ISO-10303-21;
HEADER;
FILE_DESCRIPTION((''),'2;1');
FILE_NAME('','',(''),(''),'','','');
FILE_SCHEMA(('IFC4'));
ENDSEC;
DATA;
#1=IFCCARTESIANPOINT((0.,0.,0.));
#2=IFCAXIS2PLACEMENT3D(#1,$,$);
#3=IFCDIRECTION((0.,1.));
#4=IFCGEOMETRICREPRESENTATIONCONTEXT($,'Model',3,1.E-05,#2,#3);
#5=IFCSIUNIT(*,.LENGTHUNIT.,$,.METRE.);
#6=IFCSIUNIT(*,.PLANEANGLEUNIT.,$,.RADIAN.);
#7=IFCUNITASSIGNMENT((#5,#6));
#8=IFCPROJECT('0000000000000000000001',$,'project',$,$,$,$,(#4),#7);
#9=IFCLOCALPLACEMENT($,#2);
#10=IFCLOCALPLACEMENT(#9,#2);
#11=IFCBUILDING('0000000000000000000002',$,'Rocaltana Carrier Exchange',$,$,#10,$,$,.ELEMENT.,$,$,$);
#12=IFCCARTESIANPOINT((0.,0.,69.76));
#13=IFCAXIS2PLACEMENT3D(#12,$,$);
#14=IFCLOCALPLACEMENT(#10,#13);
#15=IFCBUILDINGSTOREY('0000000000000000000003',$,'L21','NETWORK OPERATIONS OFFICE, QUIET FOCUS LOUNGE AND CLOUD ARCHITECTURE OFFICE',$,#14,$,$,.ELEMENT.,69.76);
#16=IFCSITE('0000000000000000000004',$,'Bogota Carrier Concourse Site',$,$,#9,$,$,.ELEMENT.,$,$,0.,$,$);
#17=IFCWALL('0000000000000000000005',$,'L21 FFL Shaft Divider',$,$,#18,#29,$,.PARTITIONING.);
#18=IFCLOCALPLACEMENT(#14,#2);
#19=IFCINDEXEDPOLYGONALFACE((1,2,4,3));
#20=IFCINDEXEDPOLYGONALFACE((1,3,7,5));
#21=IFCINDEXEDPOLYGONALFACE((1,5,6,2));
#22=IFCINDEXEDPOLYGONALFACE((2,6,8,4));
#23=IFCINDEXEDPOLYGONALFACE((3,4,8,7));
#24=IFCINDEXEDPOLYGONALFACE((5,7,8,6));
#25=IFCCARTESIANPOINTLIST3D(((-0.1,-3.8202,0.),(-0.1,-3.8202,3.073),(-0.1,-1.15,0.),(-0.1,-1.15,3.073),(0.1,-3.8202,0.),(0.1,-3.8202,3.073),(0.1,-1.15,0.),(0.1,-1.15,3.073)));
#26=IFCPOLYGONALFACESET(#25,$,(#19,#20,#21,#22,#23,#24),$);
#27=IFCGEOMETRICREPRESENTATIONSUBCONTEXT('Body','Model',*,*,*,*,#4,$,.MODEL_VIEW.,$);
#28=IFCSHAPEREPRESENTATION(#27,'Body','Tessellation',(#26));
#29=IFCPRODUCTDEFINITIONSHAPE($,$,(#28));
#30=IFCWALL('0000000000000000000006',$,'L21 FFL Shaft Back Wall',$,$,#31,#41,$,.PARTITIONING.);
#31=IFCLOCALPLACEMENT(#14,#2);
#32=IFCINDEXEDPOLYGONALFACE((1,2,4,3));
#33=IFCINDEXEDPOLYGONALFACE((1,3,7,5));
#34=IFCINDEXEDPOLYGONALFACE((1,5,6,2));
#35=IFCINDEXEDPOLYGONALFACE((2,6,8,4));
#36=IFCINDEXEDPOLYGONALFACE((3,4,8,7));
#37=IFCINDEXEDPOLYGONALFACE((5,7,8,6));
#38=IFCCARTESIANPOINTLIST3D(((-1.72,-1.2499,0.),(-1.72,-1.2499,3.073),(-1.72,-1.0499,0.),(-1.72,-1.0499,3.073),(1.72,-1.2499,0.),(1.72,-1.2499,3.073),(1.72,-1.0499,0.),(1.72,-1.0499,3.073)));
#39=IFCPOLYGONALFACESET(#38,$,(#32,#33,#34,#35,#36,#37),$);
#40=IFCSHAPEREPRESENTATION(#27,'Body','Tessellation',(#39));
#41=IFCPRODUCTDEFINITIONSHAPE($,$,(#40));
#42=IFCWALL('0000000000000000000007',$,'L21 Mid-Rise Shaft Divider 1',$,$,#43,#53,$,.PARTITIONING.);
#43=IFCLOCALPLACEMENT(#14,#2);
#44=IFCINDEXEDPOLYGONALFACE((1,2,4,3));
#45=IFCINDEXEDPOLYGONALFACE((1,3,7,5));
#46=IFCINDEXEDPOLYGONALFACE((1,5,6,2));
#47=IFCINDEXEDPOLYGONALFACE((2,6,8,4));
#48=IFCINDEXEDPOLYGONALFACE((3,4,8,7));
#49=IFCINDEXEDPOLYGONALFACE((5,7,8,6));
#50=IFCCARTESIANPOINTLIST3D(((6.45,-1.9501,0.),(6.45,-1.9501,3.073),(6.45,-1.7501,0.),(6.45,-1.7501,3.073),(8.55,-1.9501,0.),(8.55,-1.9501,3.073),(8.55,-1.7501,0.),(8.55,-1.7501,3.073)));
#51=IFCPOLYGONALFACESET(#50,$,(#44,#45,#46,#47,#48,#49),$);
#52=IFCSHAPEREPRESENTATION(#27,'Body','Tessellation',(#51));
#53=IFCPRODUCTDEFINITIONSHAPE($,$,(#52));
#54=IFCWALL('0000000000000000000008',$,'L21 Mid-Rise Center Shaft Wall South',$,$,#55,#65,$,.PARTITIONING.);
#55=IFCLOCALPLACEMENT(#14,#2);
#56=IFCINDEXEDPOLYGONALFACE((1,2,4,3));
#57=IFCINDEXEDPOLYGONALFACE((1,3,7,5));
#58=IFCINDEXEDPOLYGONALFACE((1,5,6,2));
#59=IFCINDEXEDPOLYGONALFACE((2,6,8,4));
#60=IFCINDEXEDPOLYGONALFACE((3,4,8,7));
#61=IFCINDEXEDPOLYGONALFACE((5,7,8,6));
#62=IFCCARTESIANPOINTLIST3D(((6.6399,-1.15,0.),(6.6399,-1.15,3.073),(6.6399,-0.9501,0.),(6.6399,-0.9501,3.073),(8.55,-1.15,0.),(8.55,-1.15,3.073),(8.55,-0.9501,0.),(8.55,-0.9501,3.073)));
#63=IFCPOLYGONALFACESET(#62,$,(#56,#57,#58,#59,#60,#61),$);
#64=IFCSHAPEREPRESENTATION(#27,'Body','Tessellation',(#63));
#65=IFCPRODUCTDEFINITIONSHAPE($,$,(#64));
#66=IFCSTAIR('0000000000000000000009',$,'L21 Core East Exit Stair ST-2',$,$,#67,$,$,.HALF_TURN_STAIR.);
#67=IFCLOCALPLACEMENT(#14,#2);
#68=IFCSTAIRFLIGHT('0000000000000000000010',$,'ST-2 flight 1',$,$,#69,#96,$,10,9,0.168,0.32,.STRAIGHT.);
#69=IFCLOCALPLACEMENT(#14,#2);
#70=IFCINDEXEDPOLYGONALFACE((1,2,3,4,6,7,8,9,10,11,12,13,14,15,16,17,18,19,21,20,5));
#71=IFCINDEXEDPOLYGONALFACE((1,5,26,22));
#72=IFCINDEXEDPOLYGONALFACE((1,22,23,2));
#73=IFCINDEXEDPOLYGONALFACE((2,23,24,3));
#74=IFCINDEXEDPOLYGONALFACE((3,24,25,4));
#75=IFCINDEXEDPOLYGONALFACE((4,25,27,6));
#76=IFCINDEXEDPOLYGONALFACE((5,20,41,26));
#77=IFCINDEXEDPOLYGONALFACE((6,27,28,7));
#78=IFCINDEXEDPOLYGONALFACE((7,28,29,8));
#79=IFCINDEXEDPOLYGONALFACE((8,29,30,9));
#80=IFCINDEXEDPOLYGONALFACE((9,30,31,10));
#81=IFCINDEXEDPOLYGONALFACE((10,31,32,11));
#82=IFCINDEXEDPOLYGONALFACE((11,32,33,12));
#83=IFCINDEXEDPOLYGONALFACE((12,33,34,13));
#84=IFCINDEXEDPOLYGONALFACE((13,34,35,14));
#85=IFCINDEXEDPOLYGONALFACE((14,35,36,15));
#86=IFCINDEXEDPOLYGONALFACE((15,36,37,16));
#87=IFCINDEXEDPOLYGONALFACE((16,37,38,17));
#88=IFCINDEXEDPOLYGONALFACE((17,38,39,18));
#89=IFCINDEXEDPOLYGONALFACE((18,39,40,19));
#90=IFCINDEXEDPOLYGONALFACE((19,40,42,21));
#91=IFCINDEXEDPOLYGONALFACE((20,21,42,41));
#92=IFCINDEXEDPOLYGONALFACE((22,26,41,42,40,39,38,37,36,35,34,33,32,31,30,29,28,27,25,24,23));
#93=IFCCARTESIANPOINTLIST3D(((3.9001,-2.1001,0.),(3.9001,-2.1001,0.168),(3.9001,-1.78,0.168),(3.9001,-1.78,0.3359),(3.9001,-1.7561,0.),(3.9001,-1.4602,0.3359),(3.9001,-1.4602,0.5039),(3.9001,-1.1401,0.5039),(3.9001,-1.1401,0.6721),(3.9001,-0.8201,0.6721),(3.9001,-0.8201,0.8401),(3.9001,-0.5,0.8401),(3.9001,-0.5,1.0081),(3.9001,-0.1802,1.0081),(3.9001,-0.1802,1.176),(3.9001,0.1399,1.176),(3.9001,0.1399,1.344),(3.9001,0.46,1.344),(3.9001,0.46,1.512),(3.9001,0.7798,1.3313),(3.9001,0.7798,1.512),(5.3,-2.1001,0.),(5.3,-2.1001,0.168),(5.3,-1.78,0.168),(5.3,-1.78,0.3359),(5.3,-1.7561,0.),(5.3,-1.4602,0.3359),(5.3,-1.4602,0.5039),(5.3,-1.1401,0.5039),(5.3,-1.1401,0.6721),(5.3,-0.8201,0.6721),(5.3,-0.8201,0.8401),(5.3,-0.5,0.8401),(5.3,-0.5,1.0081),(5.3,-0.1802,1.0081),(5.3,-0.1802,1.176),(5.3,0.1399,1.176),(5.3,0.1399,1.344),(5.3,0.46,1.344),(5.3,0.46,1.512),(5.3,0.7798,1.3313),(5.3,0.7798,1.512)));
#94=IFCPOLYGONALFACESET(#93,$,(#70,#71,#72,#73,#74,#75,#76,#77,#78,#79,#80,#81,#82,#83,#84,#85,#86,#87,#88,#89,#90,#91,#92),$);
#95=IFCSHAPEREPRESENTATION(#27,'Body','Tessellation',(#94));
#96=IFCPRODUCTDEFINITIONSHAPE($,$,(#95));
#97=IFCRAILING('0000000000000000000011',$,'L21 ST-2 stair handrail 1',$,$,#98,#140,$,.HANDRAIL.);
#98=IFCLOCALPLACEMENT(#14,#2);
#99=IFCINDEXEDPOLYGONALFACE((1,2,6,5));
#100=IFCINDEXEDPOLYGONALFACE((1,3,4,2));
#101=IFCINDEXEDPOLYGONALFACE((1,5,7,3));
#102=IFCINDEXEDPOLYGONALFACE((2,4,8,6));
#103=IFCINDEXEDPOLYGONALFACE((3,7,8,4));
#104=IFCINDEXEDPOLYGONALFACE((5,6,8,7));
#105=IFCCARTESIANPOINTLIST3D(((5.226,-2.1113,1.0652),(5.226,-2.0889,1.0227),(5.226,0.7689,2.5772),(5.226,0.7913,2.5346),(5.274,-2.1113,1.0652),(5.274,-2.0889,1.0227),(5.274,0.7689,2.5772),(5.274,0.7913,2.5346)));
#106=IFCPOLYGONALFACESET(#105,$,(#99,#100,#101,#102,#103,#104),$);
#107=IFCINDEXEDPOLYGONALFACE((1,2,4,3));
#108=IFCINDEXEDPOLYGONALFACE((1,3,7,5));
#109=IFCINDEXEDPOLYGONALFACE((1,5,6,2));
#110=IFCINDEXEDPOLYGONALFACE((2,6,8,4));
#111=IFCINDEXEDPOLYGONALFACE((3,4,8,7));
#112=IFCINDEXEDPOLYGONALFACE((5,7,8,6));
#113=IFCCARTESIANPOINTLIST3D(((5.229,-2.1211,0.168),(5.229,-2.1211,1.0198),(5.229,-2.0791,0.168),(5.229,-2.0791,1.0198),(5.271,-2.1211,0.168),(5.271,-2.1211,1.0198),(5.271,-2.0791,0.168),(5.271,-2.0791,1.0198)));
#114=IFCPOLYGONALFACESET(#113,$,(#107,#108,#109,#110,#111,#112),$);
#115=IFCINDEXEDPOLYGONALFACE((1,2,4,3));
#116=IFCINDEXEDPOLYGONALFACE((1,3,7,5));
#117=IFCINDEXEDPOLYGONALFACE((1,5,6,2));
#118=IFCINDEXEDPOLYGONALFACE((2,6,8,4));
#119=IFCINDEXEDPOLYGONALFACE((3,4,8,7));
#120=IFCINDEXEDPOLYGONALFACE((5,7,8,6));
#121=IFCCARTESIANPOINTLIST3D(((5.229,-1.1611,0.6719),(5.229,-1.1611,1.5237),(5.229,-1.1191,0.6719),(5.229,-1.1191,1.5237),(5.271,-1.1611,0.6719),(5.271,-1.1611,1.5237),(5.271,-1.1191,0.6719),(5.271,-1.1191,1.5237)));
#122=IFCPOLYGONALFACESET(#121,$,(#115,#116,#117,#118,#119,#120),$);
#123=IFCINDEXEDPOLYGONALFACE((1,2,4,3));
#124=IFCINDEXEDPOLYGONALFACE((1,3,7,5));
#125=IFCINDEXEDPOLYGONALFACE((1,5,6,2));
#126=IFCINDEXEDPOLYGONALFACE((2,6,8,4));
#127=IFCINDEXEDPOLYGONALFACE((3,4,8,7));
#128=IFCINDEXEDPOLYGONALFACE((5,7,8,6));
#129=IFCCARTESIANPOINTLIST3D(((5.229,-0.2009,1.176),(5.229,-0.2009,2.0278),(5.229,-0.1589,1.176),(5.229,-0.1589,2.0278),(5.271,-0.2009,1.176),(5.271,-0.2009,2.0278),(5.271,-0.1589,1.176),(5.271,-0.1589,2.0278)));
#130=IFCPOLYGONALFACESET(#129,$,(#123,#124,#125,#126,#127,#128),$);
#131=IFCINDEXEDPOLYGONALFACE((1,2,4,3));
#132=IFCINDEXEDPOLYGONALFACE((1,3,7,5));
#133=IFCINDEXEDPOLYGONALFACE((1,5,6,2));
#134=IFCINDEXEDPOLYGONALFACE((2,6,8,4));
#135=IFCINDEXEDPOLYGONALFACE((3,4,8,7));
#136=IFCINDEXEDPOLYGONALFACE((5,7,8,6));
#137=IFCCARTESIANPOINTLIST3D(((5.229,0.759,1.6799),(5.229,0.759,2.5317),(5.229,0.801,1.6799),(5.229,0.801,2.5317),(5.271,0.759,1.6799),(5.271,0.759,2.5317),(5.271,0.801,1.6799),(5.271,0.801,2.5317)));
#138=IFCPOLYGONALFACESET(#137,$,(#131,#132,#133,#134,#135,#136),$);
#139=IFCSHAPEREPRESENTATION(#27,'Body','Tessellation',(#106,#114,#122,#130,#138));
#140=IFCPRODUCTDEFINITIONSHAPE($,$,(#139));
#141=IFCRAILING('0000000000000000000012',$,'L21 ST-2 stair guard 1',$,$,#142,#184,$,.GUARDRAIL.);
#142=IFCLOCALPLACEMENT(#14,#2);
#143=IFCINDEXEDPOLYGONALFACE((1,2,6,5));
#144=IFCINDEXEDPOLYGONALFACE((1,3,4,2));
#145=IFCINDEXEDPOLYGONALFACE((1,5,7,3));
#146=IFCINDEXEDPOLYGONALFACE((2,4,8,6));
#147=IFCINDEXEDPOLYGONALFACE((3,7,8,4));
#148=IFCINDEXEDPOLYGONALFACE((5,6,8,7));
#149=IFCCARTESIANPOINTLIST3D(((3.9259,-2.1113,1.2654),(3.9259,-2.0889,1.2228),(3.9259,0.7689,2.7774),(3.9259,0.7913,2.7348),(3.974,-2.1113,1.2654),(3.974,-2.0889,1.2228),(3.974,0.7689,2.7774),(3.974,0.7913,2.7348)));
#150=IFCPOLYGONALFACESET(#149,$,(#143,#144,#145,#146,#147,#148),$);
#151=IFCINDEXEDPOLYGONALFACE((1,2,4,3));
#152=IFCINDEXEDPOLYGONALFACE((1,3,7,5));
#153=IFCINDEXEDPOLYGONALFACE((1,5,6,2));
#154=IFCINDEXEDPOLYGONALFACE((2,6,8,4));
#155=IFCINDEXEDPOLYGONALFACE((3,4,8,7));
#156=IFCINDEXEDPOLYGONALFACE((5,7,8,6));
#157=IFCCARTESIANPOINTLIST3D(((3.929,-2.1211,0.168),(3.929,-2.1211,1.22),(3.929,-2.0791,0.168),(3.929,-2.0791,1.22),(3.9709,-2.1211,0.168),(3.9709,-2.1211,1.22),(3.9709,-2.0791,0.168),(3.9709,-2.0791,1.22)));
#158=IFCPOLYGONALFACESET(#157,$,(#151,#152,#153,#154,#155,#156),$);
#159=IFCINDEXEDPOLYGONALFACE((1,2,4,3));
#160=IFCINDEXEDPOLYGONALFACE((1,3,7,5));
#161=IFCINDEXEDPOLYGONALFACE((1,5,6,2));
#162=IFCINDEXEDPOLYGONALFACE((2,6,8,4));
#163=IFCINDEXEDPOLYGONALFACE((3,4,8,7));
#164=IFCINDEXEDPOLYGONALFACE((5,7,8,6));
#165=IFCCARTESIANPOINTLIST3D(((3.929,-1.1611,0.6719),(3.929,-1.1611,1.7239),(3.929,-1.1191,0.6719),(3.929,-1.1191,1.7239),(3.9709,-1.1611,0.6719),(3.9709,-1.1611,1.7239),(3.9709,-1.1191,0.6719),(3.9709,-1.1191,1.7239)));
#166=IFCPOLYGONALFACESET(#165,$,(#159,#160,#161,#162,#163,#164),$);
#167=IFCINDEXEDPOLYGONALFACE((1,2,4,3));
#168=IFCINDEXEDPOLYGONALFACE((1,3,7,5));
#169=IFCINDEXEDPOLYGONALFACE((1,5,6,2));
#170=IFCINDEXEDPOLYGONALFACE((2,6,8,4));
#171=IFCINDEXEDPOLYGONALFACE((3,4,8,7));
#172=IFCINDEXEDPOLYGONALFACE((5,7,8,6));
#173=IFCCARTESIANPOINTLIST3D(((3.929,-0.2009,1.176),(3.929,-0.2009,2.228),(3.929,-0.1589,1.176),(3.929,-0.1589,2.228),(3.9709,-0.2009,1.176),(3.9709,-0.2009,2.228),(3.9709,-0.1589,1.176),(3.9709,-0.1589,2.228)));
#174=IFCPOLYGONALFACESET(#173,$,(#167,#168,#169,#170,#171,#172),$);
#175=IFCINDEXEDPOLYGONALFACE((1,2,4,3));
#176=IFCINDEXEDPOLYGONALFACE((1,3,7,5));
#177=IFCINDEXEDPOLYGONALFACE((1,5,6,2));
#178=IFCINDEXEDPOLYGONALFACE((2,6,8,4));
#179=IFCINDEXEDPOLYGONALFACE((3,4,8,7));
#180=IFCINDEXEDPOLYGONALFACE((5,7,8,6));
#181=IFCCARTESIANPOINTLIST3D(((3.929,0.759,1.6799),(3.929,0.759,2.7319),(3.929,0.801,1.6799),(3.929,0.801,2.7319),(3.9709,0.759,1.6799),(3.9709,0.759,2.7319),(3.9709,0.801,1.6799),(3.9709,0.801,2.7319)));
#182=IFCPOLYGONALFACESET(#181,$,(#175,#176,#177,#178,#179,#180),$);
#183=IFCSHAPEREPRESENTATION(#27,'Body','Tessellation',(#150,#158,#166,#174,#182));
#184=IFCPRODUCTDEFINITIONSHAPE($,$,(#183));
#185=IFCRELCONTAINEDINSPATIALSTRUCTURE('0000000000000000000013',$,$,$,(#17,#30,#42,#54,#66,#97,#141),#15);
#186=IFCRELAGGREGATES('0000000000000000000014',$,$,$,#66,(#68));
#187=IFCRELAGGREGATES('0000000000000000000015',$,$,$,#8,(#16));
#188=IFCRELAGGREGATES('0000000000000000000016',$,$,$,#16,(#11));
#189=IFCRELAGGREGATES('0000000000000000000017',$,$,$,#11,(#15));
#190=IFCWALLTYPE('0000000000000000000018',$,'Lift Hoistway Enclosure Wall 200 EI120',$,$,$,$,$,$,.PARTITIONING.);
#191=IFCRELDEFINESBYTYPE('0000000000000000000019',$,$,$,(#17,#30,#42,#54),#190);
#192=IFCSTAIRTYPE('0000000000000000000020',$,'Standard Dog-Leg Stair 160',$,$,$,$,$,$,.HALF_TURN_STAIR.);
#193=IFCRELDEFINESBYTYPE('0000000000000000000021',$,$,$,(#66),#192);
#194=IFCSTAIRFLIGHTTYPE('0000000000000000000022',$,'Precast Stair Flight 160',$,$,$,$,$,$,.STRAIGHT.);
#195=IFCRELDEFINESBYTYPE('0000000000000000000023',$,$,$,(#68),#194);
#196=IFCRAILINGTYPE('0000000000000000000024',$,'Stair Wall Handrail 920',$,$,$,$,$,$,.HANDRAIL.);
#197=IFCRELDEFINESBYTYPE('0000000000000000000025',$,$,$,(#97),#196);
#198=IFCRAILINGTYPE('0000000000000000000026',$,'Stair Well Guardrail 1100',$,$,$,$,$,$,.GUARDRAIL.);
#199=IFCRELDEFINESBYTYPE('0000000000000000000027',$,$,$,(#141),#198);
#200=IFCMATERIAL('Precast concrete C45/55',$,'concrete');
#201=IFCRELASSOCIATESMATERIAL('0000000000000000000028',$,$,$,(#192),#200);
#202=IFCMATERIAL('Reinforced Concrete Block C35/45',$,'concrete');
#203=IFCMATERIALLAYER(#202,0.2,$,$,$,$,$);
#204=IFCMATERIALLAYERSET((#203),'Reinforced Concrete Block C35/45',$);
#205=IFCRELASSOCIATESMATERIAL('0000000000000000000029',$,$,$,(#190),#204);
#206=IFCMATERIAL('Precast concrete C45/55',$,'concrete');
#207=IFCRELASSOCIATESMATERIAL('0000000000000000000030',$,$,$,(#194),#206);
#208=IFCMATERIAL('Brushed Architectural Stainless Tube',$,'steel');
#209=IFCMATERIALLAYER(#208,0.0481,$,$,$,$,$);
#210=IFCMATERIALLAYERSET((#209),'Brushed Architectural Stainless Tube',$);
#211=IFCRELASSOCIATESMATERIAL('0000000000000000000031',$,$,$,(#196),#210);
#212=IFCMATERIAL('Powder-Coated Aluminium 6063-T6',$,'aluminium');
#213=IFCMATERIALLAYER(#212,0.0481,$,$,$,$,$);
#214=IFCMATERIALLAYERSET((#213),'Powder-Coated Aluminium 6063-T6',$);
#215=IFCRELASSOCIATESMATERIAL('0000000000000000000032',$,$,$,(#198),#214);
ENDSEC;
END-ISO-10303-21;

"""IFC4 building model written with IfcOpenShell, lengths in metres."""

from ifc_helpers import new_model, si_unit, direction, frame, frame_2d, origin, origin_2d, place, context, subcontext, project, spatial, polyline, rectangle, outline, extrude, material, layer, layer_set, type_object, element, aggregate, save


model = new_model("IFC4")

# Units and contexts
model_context = context("Model", 3, precision=1e-05, world=origin(), true_north=direction((0.0, 1.0)))
body_context = subcontext(model_context, "Body", "Model", "MODEL_VIEW")
ifc_project = project(units=[si_unit("LENGTHUNIT", "METRE"), si_unit("PLANEANGLEUNIT", "RADIAN")], contexts=[model_context])

# Site, building, storey
site_placement = place(None, origin())
site = spatial("IfcSite", under=ifc_project, at=site_placement, Name="Bogota Carrier Concourse Site", CompositionType="ELEMENT", RefElevation=0.0)
building_placement = place(site_placement, origin())
building = spatial("IfcBuilding", under=site, at=building_placement, Name="Rocaltana Carrier Exchange", CompositionType="ELEMENT")
storey_placement = place(building_placement, frame((0.0, 0.0, 69.76)))
storey = spatial("IfcBuildingStorey", under=building, at=storey_placement, Name="L21", Description="NETWORK OPERATIONS OFFICE, QUIET FOCUS LOUNGE AND CLOUD ARCHITECTURE OFFICE", CompositionType="ELEMENT", Elevation=69.76)

# Shared definitions
ifc_material_1 = material(Name="Precast concrete C45/55", Category="concrete")
stair_type = type_object("IfcStairType", Name="Standard Dog-Leg Stair 160", PredefinedType="HALF_TURN_STAIR", material=ifc_material_1)

# Walls
ifc_material_2 = material(Name="Reinforced Concrete Block C35/45", Category="concrete")
ifc_layer_1 = layer(ifc_material_2, 0.2)
ifc_layer_set_1 = layer_set([ifc_layer_1], Name="Reinforced Concrete Block C35/45")
wall_type_1 = type_object("IfcWallType", Name="Lift Hoistway Enclosure Wall 200 EI120", PredefinedType="PARTITIONING", material=ifc_layer_set_1)
wall_1_placement = place(storey_placement, frame((0.0, -3.8201, 0.0), z_axis=(0.0, 0.0, 1.0), x_axis=(0.0, 1.0, 0.0)))
element("IfcWall", 1, at=wall_1_placement, inside=storey, type_object=wall_type_1, Name="L21 FFL Shaft Divider", PredefinedType="PARTITIONING", context=body_context, shape_type="SweptSolid", body=[
    extrude(rectangle(XDim=2.6702, YDim=0.2, at=frame_2d((1.335, 0.0))), origin(), (0.0, 0.0, 1.0), 3.073),
])
wall_2_placement = place(storey_placement, frame((-1.72, -1.1499, 0.0), z_axis=(0.0, 0.0, 1.0), x_axis=(1.0, 0.0, 0.0)))
element("IfcWall", 2, at=wall_2_placement, inside=storey, type_object=wall_type_1, Name="L21 FFL Shaft Back Wall", PredefinedType="PARTITIONING", context=body_context, shape_type="SweptSolid", body=[
    extrude(rectangle(XDim=3.4399, YDim=0.2, at=frame_2d((1.72, 0.0))), origin(), (0.0, 0.0, 1.0), 3.073),
])
wall_3_placement = place(storey_placement, frame((6.45, -1.8501, 0.0), z_axis=(0.0, 0.0, 1.0), x_axis=(1.0, 0.0, 0.0)))
element("IfcWall", 3, at=wall_3_placement, inside=storey, type_object=wall_type_1, Name="L21 Mid-Rise Shaft Divider 1", PredefinedType="PARTITIONING", context=body_context, shape_type="SweptSolid", body=[
    extrude(rectangle(XDim=2.1001, YDim=0.2, at=frame_2d((1.05, 0.0))), origin(), (0.0, 0.0, 1.0), 3.073),
])
wall_4_placement = place(storey_placement, frame((6.6399, -1.05, 0.0), z_axis=(0.0, 0.0, 1.0), x_axis=(1.0, 0.0, 0.0)))
element("IfcWall", 4, at=wall_4_placement, inside=storey, type_object=wall_type_1, Name="L21 Mid-Rise Center Shaft Wall South", PredefinedType="PARTITIONING", context=body_context, shape_type="SweptSolid", body=[
    extrude(rectangle(XDim=1.9102, YDim=0.2, at=frame_2d((0.9551, 0.0))), origin(), (0.0, 0.0, 1.0), 3.073),
])

# Stair, stair flight
stair_1_placement = place(storey_placement, origin())
stair_1 = element("IfcStair", 5, at=stair_1_placement, inside=storey, type_object=stair_type, Name="L21 Core East Exit Stair ST-2", PredefinedType="HALF_TURN_STAIR")
ifc_material_3 = material(Name="Precast concrete C45/55", Category="concrete")
stair_flight_type = type_object("IfcStairFlightType", Name="Precast Stair Flight 160", PredefinedType="STRAIGHT", material=ifc_material_3)
stair_flight_placement = place(storey_placement, frame((4.6001, -2.1001, 0.0), z_axis=(0.0, 0.0, 1.0), x_axis=(0.0, 1.0, 0.0)))
stair_flight = element("IfcStairFlight", 6, at=stair_flight_placement, type_object=stair_flight_type, Name="ST-2 flight 1", NumberOfRisers=10, NumberOfTreads=9, PredefinedType="STRAIGHT", RiserHeight=0.168, TreadLength=0.32, context=body_context, shape_type="SweptSolid", body=[
    extrude(outline(polyline([(0.0, 0.0), (0.0, 0.168), (0.3201, 0.168), (0.3201, 0.3359), (0.6399, 0.3359), (0.6399, 0.5039), (0.96, 0.5039), (0.96, 0.6721), (1.28, 0.6721), (1.28, 0.8401), (1.6001, 0.8401), (1.6001, 1.0081), (1.9199, 1.0081), (1.9199, 1.176), (2.24, 1.176), (2.24, 1.344), (2.5601, 1.344), (2.5601, 1.512), (2.8799, 1.512), (2.8799, 1.6799), (2.8799, 1.3313), (0.344, 0.0), (0.0, 0.0)])), frame((0.0, 0.7, 0.0), z_axis=(0.0, -1.0, 0.0), x_axis=(1.0, 0.0, 0.0)), (0.0, 0.0, 1.0), 1.3999),
])
aggregate(stair_1, [stair_flight])

# Railings
ifc_material_4 = material(Name="Brushed Architectural Stainless Tube", Category="steel")
ifc_layer_2 = layer(ifc_material_4, 0.0481)
ifc_layer_set_2 = layer_set([ifc_layer_2], Name="Brushed Architectural Stainless Tube")
railing_type_1 = type_object("IfcRailingType", Name="Stair Wall Handrail 920", PredefinedType="HANDRAIL", material=ifc_layer_set_2)
railing_1_placement = place(storey_placement, frame((5.25, -2.1001, 0.168)))
element("IfcRailing", 7, at=railing_1_placement, inside=storey, type_object=railing_type_1, Name="L21 ST-2 stair handrail 1", PredefinedType="HANDRAIL", context=body_context, shape_type="SweptSolid", body=[
    extrude(rectangle(XDim=0.0481, YDim=0.0481, at=origin_2d()), frame((0.0, 0.0, 0.876), z_axis=(0.0, 0.885411, 0.464809), x_axis=(-1.0, 0.0, 0.0)), (0.0, 0.0, 1.0), 3.2529),
    extrude(rectangle(XDim=0.042, YDim=0.042, at=origin_2d()), origin(), (0.0, 0.0, 1.0), 0.8518),
    extrude(rectangle(XDim=0.042, YDim=0.042, at=origin_2d()), frame((0.0, 0.96, 0.5039)), (0.0, 0.0, 1.0), 0.8518),
    extrude(rectangle(XDim=0.042, YDim=0.042, at=origin_2d()), frame((0.0, 1.9202, 1.0081)), (0.0, 0.0, 1.0), 0.8518),
    extrude(rectangle(XDim=0.042, YDim=0.042, at=origin_2d()), frame((0.0, 2.8801, 1.512)), (0.0, 0.0, 1.0), 0.8518),
])
ifc_material_5 = material(Name="Powder-Coated Aluminium 6063-T6", Category="aluminium")
ifc_layer_3 = layer(ifc_material_5, 0.0481)
ifc_layer_set_3 = layer_set([ifc_layer_3], Name="Powder-Coated Aluminium 6063-T6")
railing_type_2 = type_object("IfcRailingType", Name="Stair Well Guardrail 1100", PredefinedType="GUARDRAIL", material=ifc_layer_set_3)
railing_2_placement = place(storey_placement, frame((3.95, -2.1001, 0.168)))
element("IfcRailing", 8, at=railing_2_placement, inside=storey, type_object=railing_type_2, Name="L21 ST-2 stair guard 1", PredefinedType="GUARDRAIL", context=body_context, shape_type="SweptSolid", body=[
    extrude(rectangle(XDim=0.0481, YDim=0.0481, at=origin_2d()), frame((0.0, 0.0, 1.0762), z_axis=(0.0, 0.885411, 0.464809), x_axis=(-1.0, 0.0, 0.0)), (0.0, 0.0, 1.0), 3.2529),
    extrude(rectangle(XDim=0.042, YDim=0.042, at=origin_2d()), origin(), (0.0, 0.0, 1.0), 1.052),
    extrude(rectangle(XDim=0.042, YDim=0.042, at=origin_2d()), frame((0.0, 0.96, 0.5039)), (0.0, 0.0, 1.0), 1.052),
    extrude(rectangle(XDim=0.042, YDim=0.042, at=origin_2d()), frame((0.0, 1.9202, 1.0081)), (0.0, 0.0, 1.0), 1.052),
    extrude(rectangle(XDim=0.042, YDim=0.042, at=origin_2d()), frame((0.0, 2.8801, 1.512)), (0.0, 0.0, 1.0), 1.052),
])

save(model, "model.ifc")
